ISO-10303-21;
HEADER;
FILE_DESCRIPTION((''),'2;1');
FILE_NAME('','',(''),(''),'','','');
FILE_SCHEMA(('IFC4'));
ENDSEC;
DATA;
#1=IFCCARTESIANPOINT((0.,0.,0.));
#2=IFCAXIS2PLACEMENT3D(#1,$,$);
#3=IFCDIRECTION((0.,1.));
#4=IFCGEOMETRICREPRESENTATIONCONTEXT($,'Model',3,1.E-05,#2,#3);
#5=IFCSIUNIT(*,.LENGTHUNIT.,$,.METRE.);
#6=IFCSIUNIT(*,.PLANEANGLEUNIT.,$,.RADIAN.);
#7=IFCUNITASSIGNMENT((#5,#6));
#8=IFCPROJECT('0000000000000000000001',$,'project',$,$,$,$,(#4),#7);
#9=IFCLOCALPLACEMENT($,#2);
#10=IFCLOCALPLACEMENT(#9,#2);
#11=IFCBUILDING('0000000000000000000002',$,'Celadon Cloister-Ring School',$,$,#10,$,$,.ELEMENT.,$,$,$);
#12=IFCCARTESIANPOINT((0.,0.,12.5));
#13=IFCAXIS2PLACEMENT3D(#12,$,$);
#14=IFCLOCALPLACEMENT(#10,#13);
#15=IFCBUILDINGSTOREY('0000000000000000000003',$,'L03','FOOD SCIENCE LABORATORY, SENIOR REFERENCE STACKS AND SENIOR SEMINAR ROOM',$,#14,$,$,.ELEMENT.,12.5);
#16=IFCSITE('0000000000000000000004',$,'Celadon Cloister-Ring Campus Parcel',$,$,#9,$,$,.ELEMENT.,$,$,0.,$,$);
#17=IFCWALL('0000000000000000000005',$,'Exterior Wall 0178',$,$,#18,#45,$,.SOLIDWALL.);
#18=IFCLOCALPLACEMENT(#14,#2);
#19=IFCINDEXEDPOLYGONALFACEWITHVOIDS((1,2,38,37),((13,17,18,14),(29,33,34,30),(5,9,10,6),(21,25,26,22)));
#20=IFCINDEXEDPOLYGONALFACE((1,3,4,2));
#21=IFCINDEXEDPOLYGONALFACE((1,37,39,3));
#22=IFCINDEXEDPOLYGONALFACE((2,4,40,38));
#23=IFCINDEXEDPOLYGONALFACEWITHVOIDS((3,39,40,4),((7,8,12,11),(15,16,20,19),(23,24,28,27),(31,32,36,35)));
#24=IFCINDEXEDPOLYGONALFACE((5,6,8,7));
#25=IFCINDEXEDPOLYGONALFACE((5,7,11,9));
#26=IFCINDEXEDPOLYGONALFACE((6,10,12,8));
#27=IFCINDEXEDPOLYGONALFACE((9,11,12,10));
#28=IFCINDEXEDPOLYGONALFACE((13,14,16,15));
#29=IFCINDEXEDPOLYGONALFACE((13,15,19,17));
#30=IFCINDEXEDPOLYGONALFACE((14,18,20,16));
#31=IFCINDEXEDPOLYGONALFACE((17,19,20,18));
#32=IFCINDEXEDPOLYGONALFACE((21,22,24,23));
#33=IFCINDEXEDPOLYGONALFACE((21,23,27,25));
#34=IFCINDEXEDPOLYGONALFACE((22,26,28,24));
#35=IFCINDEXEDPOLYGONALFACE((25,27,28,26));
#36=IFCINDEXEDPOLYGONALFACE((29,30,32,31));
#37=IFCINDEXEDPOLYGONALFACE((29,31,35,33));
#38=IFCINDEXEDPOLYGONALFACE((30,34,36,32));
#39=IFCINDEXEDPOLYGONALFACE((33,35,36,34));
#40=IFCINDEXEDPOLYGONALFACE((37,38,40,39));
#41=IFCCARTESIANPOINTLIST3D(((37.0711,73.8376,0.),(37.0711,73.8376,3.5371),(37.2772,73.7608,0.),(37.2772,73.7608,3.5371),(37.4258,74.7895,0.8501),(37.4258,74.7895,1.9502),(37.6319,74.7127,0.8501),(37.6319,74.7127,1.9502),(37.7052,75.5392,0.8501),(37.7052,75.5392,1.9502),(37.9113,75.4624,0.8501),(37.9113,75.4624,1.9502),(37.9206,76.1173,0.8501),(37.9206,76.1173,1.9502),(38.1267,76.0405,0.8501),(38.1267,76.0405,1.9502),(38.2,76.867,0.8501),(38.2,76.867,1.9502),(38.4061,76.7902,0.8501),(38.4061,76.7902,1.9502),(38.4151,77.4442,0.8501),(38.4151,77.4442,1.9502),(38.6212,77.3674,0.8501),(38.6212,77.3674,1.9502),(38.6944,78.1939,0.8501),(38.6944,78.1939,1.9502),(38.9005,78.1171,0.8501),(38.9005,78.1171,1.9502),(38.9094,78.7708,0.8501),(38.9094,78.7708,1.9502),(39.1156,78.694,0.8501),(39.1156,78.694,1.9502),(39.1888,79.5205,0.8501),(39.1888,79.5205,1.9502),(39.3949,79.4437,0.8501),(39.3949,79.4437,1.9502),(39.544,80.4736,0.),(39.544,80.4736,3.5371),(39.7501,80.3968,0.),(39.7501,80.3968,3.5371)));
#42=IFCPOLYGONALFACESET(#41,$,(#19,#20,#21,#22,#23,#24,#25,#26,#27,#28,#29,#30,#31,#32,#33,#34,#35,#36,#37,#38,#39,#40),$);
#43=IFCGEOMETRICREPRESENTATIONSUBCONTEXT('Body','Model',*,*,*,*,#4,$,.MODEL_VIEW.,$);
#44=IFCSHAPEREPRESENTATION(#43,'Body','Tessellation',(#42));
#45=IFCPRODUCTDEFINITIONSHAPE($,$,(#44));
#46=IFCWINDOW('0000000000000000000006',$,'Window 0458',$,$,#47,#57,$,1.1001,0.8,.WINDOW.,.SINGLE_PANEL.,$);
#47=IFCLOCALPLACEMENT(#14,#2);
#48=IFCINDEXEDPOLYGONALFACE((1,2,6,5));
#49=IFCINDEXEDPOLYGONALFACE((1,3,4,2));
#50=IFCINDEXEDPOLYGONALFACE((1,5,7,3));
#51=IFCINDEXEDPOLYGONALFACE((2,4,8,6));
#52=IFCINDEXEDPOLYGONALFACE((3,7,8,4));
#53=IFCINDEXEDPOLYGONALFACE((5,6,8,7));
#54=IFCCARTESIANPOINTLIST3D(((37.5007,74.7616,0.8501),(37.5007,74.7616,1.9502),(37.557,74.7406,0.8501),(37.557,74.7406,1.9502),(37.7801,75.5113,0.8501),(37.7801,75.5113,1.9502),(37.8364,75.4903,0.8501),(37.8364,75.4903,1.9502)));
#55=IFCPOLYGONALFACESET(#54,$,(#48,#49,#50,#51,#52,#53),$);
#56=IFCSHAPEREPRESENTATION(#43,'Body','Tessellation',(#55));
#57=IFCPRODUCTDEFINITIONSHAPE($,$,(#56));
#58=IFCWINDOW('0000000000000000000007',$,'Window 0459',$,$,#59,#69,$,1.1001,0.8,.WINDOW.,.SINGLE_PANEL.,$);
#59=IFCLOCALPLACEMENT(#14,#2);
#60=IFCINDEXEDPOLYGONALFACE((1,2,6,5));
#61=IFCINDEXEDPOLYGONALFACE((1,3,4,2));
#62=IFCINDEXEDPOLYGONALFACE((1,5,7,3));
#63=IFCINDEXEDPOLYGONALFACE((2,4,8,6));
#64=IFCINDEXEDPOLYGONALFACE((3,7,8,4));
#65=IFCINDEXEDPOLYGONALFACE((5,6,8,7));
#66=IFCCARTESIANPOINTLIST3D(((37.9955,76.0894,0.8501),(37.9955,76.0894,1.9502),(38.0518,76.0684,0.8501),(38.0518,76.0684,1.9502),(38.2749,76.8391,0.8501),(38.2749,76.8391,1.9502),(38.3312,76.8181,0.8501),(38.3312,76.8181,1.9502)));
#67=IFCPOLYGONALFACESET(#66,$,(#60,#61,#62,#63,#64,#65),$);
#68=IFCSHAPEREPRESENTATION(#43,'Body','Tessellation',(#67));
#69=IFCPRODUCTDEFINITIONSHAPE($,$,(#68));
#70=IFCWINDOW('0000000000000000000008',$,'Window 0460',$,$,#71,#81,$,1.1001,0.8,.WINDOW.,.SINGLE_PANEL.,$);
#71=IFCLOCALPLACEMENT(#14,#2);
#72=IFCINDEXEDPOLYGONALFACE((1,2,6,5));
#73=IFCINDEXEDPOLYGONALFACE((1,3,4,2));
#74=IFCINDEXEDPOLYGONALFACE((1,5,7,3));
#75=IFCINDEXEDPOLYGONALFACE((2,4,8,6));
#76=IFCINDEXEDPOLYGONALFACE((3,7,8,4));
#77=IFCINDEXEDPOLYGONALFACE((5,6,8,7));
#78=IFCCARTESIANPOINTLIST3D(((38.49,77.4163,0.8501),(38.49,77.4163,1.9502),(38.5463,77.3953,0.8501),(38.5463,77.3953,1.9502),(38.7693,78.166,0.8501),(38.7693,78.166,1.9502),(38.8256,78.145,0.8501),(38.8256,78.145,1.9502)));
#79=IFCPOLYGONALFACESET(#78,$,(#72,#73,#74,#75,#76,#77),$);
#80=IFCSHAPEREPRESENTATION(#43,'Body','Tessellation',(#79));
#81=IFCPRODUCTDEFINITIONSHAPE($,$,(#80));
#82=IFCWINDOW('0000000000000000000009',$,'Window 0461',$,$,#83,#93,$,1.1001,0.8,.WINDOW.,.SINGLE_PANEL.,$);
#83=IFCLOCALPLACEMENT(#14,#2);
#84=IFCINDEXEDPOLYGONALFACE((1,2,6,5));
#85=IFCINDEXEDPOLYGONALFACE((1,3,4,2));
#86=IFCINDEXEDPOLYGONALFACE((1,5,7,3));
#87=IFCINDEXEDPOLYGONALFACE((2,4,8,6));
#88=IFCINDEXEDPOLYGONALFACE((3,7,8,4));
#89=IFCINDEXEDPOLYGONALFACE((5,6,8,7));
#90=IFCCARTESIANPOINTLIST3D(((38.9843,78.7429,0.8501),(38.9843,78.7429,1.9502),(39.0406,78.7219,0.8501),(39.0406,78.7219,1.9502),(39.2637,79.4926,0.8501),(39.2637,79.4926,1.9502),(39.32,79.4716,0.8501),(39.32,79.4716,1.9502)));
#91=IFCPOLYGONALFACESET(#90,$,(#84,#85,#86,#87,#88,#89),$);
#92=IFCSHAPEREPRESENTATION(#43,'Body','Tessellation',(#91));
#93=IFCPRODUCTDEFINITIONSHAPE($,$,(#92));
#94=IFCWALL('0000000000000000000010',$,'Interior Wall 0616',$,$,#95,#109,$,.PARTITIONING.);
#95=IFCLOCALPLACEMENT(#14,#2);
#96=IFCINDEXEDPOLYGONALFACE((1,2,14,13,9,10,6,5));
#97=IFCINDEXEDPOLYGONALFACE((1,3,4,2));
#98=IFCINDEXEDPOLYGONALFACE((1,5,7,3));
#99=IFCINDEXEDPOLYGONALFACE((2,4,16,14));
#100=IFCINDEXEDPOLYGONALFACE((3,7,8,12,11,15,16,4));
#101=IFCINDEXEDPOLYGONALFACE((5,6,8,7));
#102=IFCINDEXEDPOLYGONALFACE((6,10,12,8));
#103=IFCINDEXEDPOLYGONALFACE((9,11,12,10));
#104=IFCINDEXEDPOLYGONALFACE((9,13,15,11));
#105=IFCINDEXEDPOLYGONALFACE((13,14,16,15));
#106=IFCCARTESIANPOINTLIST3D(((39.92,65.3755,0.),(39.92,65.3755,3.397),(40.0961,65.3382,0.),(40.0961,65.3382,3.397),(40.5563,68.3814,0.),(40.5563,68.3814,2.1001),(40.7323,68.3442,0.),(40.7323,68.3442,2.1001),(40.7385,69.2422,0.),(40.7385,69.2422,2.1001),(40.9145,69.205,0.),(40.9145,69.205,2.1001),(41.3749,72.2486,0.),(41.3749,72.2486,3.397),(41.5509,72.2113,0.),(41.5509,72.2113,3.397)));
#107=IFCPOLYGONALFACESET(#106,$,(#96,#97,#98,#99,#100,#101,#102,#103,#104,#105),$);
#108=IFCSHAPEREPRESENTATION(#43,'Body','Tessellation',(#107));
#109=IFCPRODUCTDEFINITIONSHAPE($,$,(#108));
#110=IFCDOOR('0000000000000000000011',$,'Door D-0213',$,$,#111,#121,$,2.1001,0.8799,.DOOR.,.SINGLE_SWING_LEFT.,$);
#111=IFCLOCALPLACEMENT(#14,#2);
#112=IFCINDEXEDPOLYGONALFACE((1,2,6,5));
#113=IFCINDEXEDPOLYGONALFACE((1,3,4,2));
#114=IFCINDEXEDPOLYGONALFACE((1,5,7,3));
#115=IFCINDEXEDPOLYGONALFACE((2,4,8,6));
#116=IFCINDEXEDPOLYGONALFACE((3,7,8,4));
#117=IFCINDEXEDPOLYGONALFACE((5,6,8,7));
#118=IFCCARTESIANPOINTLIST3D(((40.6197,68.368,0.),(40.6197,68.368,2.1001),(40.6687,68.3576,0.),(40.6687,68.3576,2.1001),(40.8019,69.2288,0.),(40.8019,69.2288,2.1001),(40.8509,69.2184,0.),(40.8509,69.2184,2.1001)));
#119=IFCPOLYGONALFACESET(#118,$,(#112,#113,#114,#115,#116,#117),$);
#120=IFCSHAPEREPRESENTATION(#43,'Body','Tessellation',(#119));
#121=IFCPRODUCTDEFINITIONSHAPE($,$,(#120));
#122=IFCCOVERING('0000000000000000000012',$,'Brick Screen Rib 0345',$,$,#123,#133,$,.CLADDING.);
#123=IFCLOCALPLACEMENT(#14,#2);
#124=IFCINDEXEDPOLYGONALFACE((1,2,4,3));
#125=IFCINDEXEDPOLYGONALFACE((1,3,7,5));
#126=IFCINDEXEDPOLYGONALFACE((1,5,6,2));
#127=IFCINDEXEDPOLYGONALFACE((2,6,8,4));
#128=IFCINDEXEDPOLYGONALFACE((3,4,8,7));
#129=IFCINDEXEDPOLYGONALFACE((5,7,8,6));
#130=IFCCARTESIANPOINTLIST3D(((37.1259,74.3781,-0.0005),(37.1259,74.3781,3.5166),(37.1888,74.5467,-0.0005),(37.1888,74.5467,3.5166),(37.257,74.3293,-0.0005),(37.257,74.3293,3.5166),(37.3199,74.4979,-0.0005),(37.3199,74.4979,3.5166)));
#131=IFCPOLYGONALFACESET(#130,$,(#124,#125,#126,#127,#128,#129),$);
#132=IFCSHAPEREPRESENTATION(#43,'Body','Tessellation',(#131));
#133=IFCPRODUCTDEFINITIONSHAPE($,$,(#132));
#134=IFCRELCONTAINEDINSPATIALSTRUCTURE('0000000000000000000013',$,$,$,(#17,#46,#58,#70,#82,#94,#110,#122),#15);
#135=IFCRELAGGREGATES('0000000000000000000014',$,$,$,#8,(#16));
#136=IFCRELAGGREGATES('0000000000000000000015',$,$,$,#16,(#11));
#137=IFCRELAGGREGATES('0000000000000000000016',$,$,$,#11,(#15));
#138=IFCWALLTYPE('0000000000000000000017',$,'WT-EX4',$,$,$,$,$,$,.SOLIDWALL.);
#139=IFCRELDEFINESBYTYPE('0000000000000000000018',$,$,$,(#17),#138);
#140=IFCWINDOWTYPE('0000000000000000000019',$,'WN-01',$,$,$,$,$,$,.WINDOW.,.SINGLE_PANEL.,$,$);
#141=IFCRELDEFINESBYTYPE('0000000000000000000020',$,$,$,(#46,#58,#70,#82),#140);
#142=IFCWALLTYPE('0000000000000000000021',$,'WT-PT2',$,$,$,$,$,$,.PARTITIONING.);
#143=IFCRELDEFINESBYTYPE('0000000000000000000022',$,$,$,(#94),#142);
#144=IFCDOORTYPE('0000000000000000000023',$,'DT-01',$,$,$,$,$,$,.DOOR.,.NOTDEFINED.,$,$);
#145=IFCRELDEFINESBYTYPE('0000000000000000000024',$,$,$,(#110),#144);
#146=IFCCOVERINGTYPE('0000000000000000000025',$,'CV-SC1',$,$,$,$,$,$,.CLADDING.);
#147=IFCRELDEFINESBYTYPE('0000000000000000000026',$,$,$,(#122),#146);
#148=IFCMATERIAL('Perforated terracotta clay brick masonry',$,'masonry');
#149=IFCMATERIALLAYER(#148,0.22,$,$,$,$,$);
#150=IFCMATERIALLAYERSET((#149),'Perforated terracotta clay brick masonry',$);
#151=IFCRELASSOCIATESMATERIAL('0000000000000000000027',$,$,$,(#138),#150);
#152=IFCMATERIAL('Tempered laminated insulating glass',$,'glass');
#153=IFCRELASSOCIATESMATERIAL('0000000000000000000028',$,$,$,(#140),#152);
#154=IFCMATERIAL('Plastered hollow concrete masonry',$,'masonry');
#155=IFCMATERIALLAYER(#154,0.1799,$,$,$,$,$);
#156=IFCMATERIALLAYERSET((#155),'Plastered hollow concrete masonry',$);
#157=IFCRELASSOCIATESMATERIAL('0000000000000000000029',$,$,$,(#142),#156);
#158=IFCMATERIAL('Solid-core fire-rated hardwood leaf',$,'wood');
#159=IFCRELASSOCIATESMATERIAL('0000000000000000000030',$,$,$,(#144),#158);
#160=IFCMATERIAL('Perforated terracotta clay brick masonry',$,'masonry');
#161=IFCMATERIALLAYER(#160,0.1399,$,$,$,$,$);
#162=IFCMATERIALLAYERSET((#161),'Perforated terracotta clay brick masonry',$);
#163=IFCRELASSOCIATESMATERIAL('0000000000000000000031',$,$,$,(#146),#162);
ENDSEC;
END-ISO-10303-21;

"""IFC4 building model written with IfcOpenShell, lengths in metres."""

from ifc_helpers import new_model, si_unit, direction, frame, frame_2d, origin, origin_2d, place, context, subcontext, project, spatial, rectangle, extrude, material, layer, layer_set, type_object, element, fill, save


model = new_model("IFC4")

# Units and contexts
model_context = context("Model", 3, precision=1e-05, world=origin(), true_north=direction((0.0, 1.0)))
body_context = subcontext(model_context, "Body", "Model", "MODEL_VIEW")
ifc_project = project(units=[si_unit("LENGTHUNIT", "METRE"), si_unit("PLANEANGLEUNIT", "RADIAN")], contexts=[model_context])

# Site, building, storey
site_placement = place(None, origin())
site = spatial("IfcSite", under=ifc_project, at=site_placement, Name="Celadon Cloister-Ring Campus Parcel", CompositionType="ELEMENT", RefElevation=0.0)
building_placement = place(site_placement, origin())
building = spatial("IfcBuilding", under=site, at=building_placement, Name="Celadon Cloister-Ring School", CompositionType="ELEMENT")
storey_placement = place(building_placement, frame((0.0, 0.0, 12.5)))
storey = spatial("IfcBuildingStorey", under=building, at=storey_placement, Name="L03", Description="FOOD SCIENCE LABORATORY, SENIOR REFERENCE STACKS AND SENIOR SEMINAR ROOM", CompositionType="ELEMENT", Elevation=12.5)

# Wall, openings, windows
ifc_material_1 = material(Name="Perforated terracotta clay brick masonry", Category="masonry")
ifc_layer_1 = layer(ifc_material_1, 0.22)
ifc_layer_set_1 = layer_set([ifc_layer_1], Name="Perforated terracotta clay brick masonry")
wall_type_1 = type_object("IfcWallType", Name="WT-EX4", PredefinedType="SOLIDWALL", material=ifc_layer_set_1)
wall_1_placement = place(storey_placement, frame((37.1741, 73.7991, 0.0), z_axis=(0.0, 0.0, 1.0), x_axis=(0.349192, 0.937051, 0.0)))
wall_1 = element("IfcWall", 1, at=wall_1_placement, inside=storey, type_object=wall_type_1, Name="Exterior Wall 0178", PredefinedType="SOLIDWALL", context=body_context, shape_type="SweptSolid", body=[
    extrude(rectangle(XDim=7.0818, YDim=0.22, at=frame_2d((3.541, 0.0))), origin(), (0.0, 0.0, 1.0), 3.5371),
])
opening_1_placement = place(wall_1_placement, frame((1.0161, 0.0, 0.8501)))
opening_1 = element("IfcOpeningElement", 2, at=opening_1_placement, cuts=wall_1, PredefinedType="OPENING", context=body_context, shape_type="SweptSolid", body=[
    extrude(rectangle(XDim=0.8, YDim=1.1001, at=frame_2d((0.3999, 0.55))), frame((0.0, 0.1201, 0.0), z_axis=(0.0, -1.0, 0.0), x_axis=(1.0, 0.0, 0.0)), (0.0, 0.0, 1.0), 0.24),
])
opening_2_placement = place(wall_1_placement, frame((2.4331, 0.0, 0.8501)))
opening_2 = element("IfcOpeningElement", 3, at=opening_2_placement, cuts=wall_1, PredefinedType="OPENING", context=body_context, shape_type="SweptSolid", body=[
    extrude(rectangle(XDim=0.8, YDim=1.1001, at=frame_2d((0.3999, 0.55))), frame((0.0, 0.1201, 0.0), z_axis=(0.0, -1.0, 0.0), x_axis=(1.0, 0.0, 0.0)), (0.0, 0.0, 1.0), 0.24),
])
opening_3_placement = place(wall_1_placement, frame((3.8491, 0.0, 0.8501)))
opening_3 = element("IfcOpeningElement", 4, at=opening_3_placement, cuts=wall_1, PredefinedType="OPENING", context=body_context, shape_type="SweptSolid", body=[
    extrude(rectangle(XDim=0.8, YDim=1.1001, at=frame_2d((0.3999, 0.55))), frame((0.0, 0.1201, 0.0), z_axis=(0.0, -1.0, 0.0), x_axis=(1.0, 0.0, 0.0)), (0.0, 0.0, 1.0), 0.24),
])
opening_4_placement = place(wall_1_placement, frame((5.2649, 0.0, 0.8501)))
opening_4 = element("IfcOpeningElement", 5, at=opening_4_placement, cuts=wall_1, PredefinedType="OPENING", context=body_context, shape_type="SweptSolid", body=[
    extrude(rectangle(XDim=0.8, YDim=1.1001, at=frame_2d((0.3999, 0.55))), frame((0.0, 0.1201, 0.0), z_axis=(0.0, -1.0, 0.0), x_axis=(1.0, 0.0, 0.0)), (0.0, 0.0, 1.0), 0.24),
])
ifc_material_2 = material(Name="Tempered laminated insulating glass", Category="glass")
window_type = type_object("IfcWindowType", Name="WN-01", PartitioningType="SINGLE_PANEL", PredefinedType="WINDOW", material=ifc_material_2)
window_1_placement = place(opening_1_placement, origin())
window_1 = element("IfcWindow", 6, at=window_1_placement, inside=storey, type_object=window_type, Name="Window 0458", OverallHeight=1.1001, OverallWidth=0.8, PartitioningType="SINGLE_PANEL", PredefinedType="WINDOW", context=body_context, shape_type="SweptSolid", body=[
    extrude(rectangle(XDim=0.8, YDim=1.1001, at=frame_2d((0.3999, 0.55))), frame((0.0, 0.03, 0.0), z_axis=(0.0, -1.0, 0.0), x_axis=(1.0, 0.0, 0.0)), (0.0, 0.0, 1.0), 0.0601),
])
fill(opening_1, window_1)
window_2_placement = place(opening_2_placement, origin())
window_2 = element("IfcWindow", 7, at=window_2_placement, inside=storey, type_object=window_type, Name="Window 0459", OverallHeight=1.1001, OverallWidth=0.8, PartitioningType="SINGLE_PANEL", PredefinedType="WINDOW", context=body_context, shape_type="SweptSolid", body=[
    extrude(rectangle(XDim=0.8, YDim=1.1001, at=frame_2d((0.3999, 0.55))), frame((0.0, 0.03, 0.0), z_axis=(0.0, -1.0, 0.0), x_axis=(1.0, 0.0, 0.0)), (0.0, 0.0, 1.0), 0.0601),
])
fill(opening_2, window_2)
window_3_placement = place(opening_3_placement, origin())
window_3 = element("IfcWindow", 8, at=window_3_placement, inside=storey, type_object=window_type, Name="Window 0460", OverallHeight=1.1001, OverallWidth=0.8, PartitioningType="SINGLE_PANEL", PredefinedType="WINDOW", context=body_context, shape_type="SweptSolid", body=[
    extrude(rectangle(XDim=0.8, YDim=1.1001, at=frame_2d((0.3999, 0.55))), frame((0.0, 0.03, 0.0), z_axis=(0.0, -1.0, 0.0), x_axis=(1.0, 0.0, 0.0)), (0.0, 0.0, 1.0), 0.0601),
])
fill(opening_3, window_3)
window_4_placement = place(opening_4_placement, origin())
window_4 = element("IfcWindow", 9, at=window_4_placement, inside=storey, type_object=window_type, Name="Window 0461", OverallHeight=1.1001, OverallWidth=0.8, PartitioningType="SINGLE_PANEL", PredefinedType="WINDOW", context=body_context, shape_type="SweptSolid", body=[
    extrude(rectangle(XDim=0.8, YDim=1.1001, at=frame_2d((0.3999, 0.55))), frame((0.0, 0.03, 0.0), z_axis=(0.0, -1.0, 0.0), x_axis=(1.0, 0.0, 0.0)), (0.0, 0.0, 1.0), 0.0601),
])
fill(opening_4, window_4)

# Wall, opening, door
ifc_material_3 = material(Name="Plastered hollow concrete masonry", Category="masonry")
ifc_layer_2 = layer(ifc_material_3, 0.1799)
ifc_layer_set_2 = layer_set([ifc_layer_2], Name="Plastered hollow concrete masonry")
wall_type_2 = type_object("IfcWallType", Name="WT-PT2", PredefinedType="PARTITIONING", material=ifc_layer_set_2)
wall_2_placement = place(storey_placement, frame((41.4629, 72.23, 0.0), z_axis=(0.0, 0.0, 1.0), x_axis=(-0.207084, -0.978323, 0.0)))
wall_2 = element("IfcWall", 10, at=wall_2_placement, inside=storey, type_object=wall_type_2, Name="Interior Wall 0616", PredefinedType="PARTITIONING", context=body_context, shape_type="SweptSolid", body=[
    extrude(rectangle(XDim=7.0254, YDim=0.1799, at=frame_2d((3.5127, 0.0))), origin(), (0.0, 0.0, 1.0), 3.397),
])
opening_5_placement = place(wall_2_placement, frame((3.073, 0.0, 0.0)))
opening_5 = element("IfcOpeningElement", 11, at=opening_5_placement, cuts=wall_2, PredefinedType="OPENING", context=body_context, shape_type="SweptSolid", body=[
    extrude(rectangle(XDim=0.8799, YDim=2.1001, at=frame_2d((0.4399, 1.05))), frame((0.0, 0.1001, 0.0), z_axis=(0.0, -1.0, 0.0), x_axis=(1.0, 0.0, 0.0)), (0.0, 0.0, 1.0), 0.2),
])
ifc_material_4 = material(Name="Solid-core fire-rated hardwood leaf", Category="wood")
door_type = type_object("IfcDoorType", Name="DT-01", OperationType="NOTDEFINED", PredefinedType="DOOR", material=ifc_material_4)
door_placement = place(opening_5_placement, origin())
door = element("IfcDoor", 12, at=door_placement, inside=storey, type_object=door_type, Name="Door D-0213", OperationType="SINGLE_SWING_LEFT", OverallHeight=2.1001, OverallWidth=0.8799, PredefinedType="DOOR", context=body_context, shape_type="SweptSolid", body=[
    extrude(rectangle(XDim=0.8799, YDim=2.1001, at=frame_2d((0.4399, 1.05))), frame((0.0, 0.0249, 0.0), z_axis=(0.0, -1.0, 0.0), x_axis=(1.0, 0.0, 0.0)), (0.0, 0.0, 1.0), 0.05),
])
fill(opening_5, door)

# Covering
ifc_material_5 = material(Name="Perforated terracotta clay brick masonry", Category="masonry")
ifc_layer_3 = layer(ifc_material_5, 0.1399)
ifc_layer_set_3 = layer_set([ifc_layer_3], Name="Perforated terracotta clay brick masonry")
covering_type = type_object("IfcCoveringType", Name="CV-SC1", PredefinedType="CLADDING", material=ifc_layer_set_3)
covering_placement = place(storey_placement, frame((37.2229, 74.438, -0.0005), z_axis=(0.0, 0.0, 1.0), x_axis=(0.34921, 0.937045, 0.0)))
element("IfcCovering", 13, at=covering_placement, inside=storey, type_object=covering_type, Name="Brick Screen Rib 0345", PredefinedType="CLADDING", context=body_context, shape_type="SweptSolid", body=[
    extrude(rectangle(XDim=0.1799, YDim=0.1399, at=origin_2d()), origin(), (0.0, 0.0, 1.0), 3.5171),
])

save(model, "model.ifc")
